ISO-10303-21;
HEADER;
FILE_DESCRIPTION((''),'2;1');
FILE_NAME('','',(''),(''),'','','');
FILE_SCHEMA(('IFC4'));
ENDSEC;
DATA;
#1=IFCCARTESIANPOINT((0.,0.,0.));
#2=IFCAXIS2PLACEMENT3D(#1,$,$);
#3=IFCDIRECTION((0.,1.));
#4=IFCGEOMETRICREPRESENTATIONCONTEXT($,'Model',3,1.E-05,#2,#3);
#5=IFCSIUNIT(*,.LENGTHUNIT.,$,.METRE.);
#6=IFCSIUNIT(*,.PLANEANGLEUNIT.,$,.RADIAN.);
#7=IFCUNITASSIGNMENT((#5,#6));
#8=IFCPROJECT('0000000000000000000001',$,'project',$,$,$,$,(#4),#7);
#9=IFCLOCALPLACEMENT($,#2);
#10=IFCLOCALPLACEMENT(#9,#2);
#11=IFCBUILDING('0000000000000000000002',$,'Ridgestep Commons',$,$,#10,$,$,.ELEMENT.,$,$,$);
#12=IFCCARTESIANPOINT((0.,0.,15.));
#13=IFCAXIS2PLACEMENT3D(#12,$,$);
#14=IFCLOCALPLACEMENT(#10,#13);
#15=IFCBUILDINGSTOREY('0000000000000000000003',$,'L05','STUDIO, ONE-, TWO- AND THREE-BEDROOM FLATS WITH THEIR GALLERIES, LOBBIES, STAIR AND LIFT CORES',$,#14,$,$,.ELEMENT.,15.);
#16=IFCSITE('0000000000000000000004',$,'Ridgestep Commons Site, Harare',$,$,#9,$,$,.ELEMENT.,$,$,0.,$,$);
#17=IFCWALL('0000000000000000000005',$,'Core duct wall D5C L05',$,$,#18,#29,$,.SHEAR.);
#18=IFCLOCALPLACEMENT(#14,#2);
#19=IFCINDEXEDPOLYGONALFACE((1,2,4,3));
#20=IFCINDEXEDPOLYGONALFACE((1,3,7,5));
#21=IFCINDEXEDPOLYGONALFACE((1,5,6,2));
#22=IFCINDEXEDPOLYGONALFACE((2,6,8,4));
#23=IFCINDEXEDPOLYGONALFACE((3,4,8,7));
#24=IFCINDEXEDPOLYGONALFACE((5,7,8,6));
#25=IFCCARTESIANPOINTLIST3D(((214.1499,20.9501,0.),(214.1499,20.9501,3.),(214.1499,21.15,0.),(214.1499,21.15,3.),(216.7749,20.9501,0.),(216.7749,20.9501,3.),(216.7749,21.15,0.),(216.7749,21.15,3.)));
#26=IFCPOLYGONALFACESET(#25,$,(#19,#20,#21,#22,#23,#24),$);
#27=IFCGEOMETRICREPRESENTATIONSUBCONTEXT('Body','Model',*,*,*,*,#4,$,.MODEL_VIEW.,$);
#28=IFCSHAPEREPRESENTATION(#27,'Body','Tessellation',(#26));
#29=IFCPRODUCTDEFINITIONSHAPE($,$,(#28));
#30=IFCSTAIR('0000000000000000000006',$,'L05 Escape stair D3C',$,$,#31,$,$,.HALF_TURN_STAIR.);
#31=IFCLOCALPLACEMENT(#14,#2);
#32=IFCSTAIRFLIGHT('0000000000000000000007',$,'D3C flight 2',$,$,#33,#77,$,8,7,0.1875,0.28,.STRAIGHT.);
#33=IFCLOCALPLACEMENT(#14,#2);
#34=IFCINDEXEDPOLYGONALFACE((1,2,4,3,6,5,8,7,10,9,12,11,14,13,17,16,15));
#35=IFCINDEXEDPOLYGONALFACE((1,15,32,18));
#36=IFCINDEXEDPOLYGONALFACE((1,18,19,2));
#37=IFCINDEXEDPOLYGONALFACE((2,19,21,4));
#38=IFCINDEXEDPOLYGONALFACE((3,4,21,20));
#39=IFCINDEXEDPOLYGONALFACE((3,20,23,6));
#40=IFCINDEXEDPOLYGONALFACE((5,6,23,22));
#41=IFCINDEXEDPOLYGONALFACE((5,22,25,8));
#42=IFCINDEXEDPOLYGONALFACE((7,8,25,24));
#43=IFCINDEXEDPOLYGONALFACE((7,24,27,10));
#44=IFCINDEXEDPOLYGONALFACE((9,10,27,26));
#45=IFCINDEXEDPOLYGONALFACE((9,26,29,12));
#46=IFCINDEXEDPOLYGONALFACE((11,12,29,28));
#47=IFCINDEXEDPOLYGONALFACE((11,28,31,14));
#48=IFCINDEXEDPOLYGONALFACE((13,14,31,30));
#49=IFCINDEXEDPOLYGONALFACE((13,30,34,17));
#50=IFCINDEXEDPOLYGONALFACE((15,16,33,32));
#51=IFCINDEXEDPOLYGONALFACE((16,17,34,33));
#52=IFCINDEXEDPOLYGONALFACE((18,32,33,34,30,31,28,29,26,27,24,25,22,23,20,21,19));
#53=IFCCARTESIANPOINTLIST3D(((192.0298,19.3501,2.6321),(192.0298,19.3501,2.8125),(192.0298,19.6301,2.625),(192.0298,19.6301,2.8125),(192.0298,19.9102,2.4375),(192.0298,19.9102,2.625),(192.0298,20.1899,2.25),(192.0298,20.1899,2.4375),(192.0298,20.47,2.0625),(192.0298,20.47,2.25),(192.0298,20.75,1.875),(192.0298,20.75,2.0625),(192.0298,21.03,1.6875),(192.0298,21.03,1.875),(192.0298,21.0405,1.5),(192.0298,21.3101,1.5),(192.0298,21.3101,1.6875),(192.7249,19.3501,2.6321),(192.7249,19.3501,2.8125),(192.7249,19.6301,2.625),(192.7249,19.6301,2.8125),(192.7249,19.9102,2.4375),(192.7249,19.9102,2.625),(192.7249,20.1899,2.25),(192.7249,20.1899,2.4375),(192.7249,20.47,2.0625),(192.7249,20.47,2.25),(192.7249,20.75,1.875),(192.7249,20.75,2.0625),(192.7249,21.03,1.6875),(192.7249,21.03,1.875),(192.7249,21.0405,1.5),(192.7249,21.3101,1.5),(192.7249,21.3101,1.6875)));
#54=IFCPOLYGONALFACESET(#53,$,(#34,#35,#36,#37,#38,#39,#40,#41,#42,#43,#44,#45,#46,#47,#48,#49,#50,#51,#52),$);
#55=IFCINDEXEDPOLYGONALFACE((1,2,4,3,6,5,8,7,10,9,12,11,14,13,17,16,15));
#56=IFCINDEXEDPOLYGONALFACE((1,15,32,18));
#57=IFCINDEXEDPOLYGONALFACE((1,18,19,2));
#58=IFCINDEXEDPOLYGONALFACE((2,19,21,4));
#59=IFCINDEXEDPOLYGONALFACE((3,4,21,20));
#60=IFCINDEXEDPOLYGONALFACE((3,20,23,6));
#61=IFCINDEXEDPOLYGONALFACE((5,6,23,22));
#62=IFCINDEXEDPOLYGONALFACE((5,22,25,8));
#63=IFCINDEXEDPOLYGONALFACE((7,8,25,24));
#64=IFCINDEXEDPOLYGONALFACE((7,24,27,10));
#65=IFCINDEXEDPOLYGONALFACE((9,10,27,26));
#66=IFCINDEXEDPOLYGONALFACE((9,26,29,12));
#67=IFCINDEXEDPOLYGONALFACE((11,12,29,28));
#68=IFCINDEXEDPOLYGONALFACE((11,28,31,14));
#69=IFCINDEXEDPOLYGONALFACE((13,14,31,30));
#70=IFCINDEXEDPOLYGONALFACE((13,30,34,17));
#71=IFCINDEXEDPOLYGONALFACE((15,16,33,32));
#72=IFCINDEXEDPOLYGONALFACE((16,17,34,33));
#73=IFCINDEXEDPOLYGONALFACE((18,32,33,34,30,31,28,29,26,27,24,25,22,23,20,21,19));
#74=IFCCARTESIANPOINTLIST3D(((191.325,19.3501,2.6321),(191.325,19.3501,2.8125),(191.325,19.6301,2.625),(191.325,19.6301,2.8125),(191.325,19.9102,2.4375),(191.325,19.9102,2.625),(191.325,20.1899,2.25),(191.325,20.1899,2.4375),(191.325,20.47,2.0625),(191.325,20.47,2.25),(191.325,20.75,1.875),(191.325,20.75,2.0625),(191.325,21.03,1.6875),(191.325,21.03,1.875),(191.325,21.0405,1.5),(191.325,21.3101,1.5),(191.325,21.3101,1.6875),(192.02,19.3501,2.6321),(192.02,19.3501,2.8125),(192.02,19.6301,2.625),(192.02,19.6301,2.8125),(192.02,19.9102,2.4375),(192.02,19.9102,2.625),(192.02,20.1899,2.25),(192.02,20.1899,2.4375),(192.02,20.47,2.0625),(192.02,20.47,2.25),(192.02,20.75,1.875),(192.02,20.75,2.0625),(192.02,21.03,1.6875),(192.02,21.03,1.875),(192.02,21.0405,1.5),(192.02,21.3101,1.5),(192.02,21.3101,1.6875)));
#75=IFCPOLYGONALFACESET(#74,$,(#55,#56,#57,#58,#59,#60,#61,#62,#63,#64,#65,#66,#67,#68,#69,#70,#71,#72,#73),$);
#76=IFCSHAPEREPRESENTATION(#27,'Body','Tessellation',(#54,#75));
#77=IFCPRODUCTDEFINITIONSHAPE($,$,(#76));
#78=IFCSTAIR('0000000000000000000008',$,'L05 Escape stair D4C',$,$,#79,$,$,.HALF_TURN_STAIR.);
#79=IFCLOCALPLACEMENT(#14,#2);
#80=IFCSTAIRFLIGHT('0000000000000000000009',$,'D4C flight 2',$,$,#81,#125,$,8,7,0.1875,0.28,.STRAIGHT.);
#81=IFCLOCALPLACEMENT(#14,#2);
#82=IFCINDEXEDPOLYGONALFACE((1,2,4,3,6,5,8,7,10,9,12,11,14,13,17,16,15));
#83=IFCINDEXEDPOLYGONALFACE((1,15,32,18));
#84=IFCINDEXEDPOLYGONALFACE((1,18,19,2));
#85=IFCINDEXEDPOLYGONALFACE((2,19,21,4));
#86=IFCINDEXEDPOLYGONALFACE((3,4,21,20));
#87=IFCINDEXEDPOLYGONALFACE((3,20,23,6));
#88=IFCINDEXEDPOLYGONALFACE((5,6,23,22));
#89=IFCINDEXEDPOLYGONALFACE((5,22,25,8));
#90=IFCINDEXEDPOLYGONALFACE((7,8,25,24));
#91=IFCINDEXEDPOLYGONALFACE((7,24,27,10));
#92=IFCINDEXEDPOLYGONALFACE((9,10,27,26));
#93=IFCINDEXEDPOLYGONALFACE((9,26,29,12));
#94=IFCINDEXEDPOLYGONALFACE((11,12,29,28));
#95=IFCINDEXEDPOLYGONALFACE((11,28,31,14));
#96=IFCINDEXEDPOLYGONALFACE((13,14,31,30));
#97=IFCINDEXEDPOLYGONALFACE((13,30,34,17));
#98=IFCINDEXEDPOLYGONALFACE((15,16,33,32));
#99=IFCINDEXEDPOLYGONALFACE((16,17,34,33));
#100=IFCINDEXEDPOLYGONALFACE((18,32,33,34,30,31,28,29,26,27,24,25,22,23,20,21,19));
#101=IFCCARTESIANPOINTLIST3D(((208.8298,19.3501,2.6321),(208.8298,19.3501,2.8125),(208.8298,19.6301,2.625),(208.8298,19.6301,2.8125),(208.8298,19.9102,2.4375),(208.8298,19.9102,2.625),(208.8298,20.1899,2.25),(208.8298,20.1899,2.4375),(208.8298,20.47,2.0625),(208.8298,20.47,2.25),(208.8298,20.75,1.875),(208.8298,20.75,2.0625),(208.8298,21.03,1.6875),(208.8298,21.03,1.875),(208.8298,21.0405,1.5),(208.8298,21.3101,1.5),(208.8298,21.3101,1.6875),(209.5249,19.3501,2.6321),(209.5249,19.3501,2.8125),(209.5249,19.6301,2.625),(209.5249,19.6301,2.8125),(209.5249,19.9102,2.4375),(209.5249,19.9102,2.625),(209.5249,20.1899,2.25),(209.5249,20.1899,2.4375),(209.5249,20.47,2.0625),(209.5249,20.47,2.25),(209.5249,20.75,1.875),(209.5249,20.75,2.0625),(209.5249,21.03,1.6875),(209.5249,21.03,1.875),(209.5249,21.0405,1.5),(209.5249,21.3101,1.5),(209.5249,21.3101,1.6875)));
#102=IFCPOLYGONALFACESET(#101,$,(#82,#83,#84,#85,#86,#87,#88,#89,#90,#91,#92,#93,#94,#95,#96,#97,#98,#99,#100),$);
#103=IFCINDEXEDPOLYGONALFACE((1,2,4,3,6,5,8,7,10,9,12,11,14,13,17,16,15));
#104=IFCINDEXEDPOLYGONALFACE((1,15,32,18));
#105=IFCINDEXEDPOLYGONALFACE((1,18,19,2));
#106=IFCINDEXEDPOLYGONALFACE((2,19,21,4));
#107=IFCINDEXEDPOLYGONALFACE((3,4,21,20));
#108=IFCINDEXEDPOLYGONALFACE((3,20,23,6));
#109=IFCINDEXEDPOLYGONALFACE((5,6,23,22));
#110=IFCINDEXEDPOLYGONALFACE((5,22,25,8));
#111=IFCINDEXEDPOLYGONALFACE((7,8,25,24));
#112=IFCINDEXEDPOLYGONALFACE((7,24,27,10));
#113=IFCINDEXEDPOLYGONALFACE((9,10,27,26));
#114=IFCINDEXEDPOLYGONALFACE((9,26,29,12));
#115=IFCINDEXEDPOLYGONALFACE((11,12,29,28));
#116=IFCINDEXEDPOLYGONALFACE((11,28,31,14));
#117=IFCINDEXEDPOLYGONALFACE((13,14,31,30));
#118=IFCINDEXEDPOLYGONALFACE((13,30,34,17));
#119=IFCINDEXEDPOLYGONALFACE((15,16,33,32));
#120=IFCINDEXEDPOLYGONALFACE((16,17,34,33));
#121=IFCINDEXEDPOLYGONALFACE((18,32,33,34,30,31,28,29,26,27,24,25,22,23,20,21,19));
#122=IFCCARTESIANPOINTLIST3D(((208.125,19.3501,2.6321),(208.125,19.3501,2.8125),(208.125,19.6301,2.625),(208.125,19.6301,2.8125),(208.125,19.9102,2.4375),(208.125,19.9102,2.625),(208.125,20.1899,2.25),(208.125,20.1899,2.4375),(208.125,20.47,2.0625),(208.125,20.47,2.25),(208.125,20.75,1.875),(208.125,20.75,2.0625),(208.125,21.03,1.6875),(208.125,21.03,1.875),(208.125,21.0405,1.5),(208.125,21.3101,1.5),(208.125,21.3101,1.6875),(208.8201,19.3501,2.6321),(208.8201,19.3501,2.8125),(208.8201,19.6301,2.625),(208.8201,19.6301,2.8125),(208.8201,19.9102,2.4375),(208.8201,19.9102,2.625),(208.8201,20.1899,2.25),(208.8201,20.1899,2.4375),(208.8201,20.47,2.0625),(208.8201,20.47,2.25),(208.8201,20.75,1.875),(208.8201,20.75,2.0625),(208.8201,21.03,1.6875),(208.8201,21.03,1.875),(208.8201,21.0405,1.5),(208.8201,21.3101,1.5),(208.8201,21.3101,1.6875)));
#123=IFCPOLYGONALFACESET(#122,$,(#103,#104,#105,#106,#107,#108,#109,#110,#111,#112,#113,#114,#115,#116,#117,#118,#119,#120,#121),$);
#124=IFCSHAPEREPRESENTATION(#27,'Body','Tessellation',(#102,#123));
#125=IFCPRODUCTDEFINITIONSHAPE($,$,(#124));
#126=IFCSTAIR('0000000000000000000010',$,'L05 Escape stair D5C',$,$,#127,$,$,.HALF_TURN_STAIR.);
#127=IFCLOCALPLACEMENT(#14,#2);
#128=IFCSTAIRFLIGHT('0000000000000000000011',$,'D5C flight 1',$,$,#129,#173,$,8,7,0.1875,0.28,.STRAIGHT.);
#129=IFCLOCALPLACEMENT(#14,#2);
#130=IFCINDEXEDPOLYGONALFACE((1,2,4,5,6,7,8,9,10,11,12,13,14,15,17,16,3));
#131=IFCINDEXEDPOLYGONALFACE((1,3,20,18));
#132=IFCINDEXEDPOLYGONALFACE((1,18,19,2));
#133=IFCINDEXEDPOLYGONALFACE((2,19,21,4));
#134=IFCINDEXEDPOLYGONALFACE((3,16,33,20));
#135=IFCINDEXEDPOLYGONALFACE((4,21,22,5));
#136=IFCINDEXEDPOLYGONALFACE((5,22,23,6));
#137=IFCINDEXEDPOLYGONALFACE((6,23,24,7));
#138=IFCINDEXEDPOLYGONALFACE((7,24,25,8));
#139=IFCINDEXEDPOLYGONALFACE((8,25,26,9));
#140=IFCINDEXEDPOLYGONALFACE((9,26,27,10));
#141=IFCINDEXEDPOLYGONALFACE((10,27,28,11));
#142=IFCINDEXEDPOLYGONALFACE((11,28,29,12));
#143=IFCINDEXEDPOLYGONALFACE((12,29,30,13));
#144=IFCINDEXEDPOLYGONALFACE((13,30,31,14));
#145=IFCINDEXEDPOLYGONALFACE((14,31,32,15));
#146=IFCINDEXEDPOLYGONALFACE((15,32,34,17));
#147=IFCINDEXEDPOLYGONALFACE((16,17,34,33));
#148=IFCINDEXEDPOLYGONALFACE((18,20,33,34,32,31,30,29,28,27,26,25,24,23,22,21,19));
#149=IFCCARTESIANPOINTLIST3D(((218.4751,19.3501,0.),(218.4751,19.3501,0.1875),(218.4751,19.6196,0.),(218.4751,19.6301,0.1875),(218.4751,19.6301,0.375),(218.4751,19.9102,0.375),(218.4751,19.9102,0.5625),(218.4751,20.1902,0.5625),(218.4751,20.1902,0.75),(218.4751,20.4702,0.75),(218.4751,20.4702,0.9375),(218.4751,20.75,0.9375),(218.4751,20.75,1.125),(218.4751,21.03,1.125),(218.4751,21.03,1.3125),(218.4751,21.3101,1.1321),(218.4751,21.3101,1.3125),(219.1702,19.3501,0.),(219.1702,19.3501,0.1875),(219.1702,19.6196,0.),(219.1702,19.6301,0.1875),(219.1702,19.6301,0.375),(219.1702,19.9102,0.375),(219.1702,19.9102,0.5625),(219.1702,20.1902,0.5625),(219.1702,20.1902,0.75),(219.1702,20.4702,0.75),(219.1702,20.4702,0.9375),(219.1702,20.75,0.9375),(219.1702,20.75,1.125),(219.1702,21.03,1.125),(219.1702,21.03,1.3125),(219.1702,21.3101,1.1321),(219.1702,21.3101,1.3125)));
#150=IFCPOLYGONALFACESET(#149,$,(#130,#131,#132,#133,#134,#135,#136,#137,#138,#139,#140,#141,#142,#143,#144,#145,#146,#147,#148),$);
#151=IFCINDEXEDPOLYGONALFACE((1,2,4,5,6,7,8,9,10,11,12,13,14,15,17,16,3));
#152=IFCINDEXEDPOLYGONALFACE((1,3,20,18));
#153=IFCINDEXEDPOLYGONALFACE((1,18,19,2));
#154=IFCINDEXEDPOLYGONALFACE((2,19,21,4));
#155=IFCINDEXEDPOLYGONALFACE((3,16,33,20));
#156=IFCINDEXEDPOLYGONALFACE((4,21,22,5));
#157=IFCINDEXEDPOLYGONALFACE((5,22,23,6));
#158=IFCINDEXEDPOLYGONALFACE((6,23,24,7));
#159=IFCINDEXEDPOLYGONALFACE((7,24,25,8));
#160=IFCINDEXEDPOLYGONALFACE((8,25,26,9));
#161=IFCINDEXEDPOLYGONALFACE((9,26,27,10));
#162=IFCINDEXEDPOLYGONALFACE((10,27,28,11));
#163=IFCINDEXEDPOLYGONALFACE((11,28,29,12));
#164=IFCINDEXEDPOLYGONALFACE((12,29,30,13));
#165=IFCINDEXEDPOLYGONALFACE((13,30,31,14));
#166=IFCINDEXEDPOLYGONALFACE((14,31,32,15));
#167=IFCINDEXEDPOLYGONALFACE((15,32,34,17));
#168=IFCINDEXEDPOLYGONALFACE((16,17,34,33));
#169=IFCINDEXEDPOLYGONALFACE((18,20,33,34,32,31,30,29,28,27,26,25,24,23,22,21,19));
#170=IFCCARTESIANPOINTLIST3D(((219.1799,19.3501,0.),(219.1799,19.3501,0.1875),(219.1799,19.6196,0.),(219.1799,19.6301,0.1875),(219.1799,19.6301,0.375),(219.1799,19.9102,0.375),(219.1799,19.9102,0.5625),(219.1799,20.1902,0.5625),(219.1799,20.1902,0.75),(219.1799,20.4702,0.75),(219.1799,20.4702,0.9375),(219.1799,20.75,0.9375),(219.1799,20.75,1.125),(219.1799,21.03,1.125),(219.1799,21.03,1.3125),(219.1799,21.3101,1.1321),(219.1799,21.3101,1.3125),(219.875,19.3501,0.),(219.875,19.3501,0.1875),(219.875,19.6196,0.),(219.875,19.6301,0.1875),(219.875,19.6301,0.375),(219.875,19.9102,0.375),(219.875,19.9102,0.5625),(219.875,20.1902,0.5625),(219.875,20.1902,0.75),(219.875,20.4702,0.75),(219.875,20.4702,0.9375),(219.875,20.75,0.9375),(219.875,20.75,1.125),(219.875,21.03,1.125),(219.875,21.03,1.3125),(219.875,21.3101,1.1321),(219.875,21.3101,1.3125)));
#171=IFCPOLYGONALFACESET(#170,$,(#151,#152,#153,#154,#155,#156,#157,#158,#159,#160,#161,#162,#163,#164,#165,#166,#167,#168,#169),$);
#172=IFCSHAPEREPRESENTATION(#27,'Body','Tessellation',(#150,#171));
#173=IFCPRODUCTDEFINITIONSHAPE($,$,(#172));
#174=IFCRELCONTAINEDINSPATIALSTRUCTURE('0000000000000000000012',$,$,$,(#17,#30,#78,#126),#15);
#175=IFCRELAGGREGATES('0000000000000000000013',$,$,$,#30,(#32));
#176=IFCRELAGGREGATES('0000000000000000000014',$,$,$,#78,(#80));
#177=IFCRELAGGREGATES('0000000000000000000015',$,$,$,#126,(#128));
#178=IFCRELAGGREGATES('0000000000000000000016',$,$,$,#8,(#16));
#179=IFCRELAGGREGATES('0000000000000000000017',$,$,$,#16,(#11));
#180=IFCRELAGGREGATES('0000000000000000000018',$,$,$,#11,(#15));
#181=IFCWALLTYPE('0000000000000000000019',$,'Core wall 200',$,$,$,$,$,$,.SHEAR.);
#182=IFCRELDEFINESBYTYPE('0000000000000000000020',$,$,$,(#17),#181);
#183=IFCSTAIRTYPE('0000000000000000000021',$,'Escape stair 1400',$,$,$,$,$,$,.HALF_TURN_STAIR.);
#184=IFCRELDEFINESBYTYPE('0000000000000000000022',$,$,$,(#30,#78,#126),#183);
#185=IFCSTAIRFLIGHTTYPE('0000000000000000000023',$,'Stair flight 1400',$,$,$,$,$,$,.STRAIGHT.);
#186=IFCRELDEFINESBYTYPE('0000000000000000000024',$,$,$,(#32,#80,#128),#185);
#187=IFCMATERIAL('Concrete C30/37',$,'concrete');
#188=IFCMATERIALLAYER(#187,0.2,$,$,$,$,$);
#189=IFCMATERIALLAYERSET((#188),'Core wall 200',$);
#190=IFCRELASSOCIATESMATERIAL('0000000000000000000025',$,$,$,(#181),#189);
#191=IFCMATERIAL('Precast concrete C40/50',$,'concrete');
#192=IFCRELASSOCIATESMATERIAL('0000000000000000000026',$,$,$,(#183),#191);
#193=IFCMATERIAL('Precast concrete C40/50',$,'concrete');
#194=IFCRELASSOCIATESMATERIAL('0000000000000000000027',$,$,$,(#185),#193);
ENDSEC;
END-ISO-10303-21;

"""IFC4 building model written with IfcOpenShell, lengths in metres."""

from ifc_helpers import new_model, si_unit, direction, frame, frame_2d, origin, place, context, subcontext, project, spatial, polyline, rectangle, outline, extrude, material, layer, layer_set, type_object, element, aggregate, save


model = new_model("IFC4")

# Units and contexts
model_context = context("Model", 3, precision=1e-05, world=origin(), true_north=direction((0.0, 1.0)))
body_context = subcontext(model_context, "Body", "Model", "MODEL_VIEW")
ifc_project = project(units=[si_unit("LENGTHUNIT", "METRE"), si_unit("PLANEANGLEUNIT", "RADIAN")], contexts=[model_context])

# Site, building, storey
site_placement = place(None, origin())
site = spatial("IfcSite", under=ifc_project, at=site_placement, Name="Ridgestep Commons Site, Harare", CompositionType="ELEMENT", RefElevation=0.0)
building_placement = place(site_placement, origin())
building = spatial("IfcBuilding", under=site, at=building_placement, Name="Ridgestep Commons", CompositionType="ELEMENT")
storey_placement = place(building_placement, frame((0.0, 0.0, 15.0)))
storey = spatial("IfcBuildingStorey", under=building, at=storey_placement, Name="L05", Description="STUDIO, ONE-, TWO- AND THREE-BEDROOM FLATS WITH THEIR GALLERIES, LOBBIES, STAIR AND LIFT CORES", CompositionType="ELEMENT", Elevation=15.0)

# Wall
ifc_material_1 = material(Name="Concrete C30/37", Category="concrete")
ifc_layer_1 = layer(ifc_material_1, 0.2)
ifc_layer_set_1 = layer_set([ifc_layer_1], Name="Core wall 200")
wall_type = type_object("IfcWallType", Name="Core wall 200", PredefinedType="SHEAR", material=ifc_layer_set_1)
for number, where, z_axis, x_axis, name in (
    (1, (214.1499, 21.05, 0.0), (0.0, 0.0, 1.0), (1.0, 0.0, 0.0), "Core duct wall D5C L05"),
):
    element("IfcWall", number, at=place(storey_placement, frame(where, z_axis=z_axis, x_axis=x_axis)), inside=storey, type_object=wall_type, Name=name, PredefinedType="SHEAR", context=body_context, shape_type="SweptSolid", body=[
        extrude(rectangle(XDim=2.625, YDim=0.2, at=frame_2d((1.3125, 0.0))), origin(), (0.0, 0.0, 1.0), 3.0),
    ])

# Stairs, stair flights
ifc_material_2 = material(Name="Precast concrete C40/50", Category="concrete")
stair_type = type_object("IfcStairType", Name="Escape stair 1400", PredefinedType="HALF_TURN_STAIR", material=ifc_material_2)
stair_1_placement = place(storey_placement, origin())
stair_1 = element("IfcStair", 2, at=stair_1_placement, inside=storey, type_object=stair_type, Name="L05 Escape stair D3C", PredefinedType="HALF_TURN_STAIR")
ifc_material_3 = material(Name="Precast concrete C40/50", Category="concrete")
stair_flight_type = type_object("IfcStairFlightType", Name="Stair flight 1400", PredefinedType="STRAIGHT", material=ifc_material_3)
stair_flight_1_placement = place(storey_placement, frame((192.0249, 21.3101, 1.5), z_axis=(0.0, 0.0, 1.0), x_axis=(0.0, -1.0, 0.0)))
stair_flight_1 = element("IfcStairFlight", 3, at=stair_flight_1_placement, type_object=stair_flight_type, Name="D3C flight 2", NumberOfRisers=8, NumberOfTreads=7, PredefinedType="STRAIGHT", RiserHeight=0.1875, TreadLength=0.28, context=body_context, shape_type="SweptSolid", body=[
    extrude(outline(polyline([(0.0, 0.0), (0.0, 0.1875), (0.28, 0.1875), (0.28, 0.375), (0.5601, 0.375), (0.5601, 0.5625), (0.8401, 0.5625), (0.8401, 0.75), (1.1201, 0.75), (1.1201, 0.9375), (1.3999, 0.9375), (1.3999, 1.125), (1.6799, 1.125), (1.6799, 1.3125), (1.96, 1.3125), (1.96, 1.5), (1.96, 1.1321), (0.2695, 0.0), (0.0, 0.0)])), frame((0.0, 0.7, 0.0), z_axis=(0.0, -1.0, 0.0), x_axis=(1.0, 0.0, 0.0)), (0.0, 0.0, 1.0), 0.6951),
    extrude(outline(polyline([(0.0, 0.0), (0.0, 0.1875), (0.28, 0.1875), (0.28, 0.375), (0.5601, 0.375), (0.5601, 0.5625), (0.8401, 0.5625), (0.8401, 0.75), (1.1201, 0.75), (1.1201, 0.9375), (1.3999, 0.9375), (1.3999, 1.125), (1.6799, 1.125), (1.6799, 1.3125), (1.96, 1.3125), (1.96, 1.5), (1.96, 1.1321), (0.2695, 0.0), (0.0, 0.0)])), frame((0.0, -0.0049, 0.0), z_axis=(0.0, -1.0, 0.0), x_axis=(1.0, 0.0, 0.0)), (0.0, 0.0, 1.0), 0.6951),
])
aggregate(stair_1, [stair_flight_1])
stair_2_placement = place(storey_placement, origin())
stair_2 = element("IfcStair", 4, at=stair_2_placement, inside=storey, type_object=stair_type, Name="L05 Escape stair D4C", PredefinedType="HALF_TURN_STAIR")
stair_flight_2_placement = place(storey_placement, frame((208.825, 21.3101, 1.5), z_axis=(0.0, 0.0, 1.0), x_axis=(0.0, -1.0, 0.0)))
stair_flight_2 = element("IfcStairFlight", 5, at=stair_flight_2_placement, type_object=stair_flight_type, Name="D4C flight 2", NumberOfRisers=8, NumberOfTreads=7, PredefinedType="STRAIGHT", RiserHeight=0.1875, TreadLength=0.28, context=body_context, shape_type="SweptSolid", body=[
    extrude(outline(polyline([(0.0, 0.0), (0.0, 0.1875), (0.28, 0.1875), (0.28, 0.375), (0.5601, 0.375), (0.5601, 0.5625), (0.8401, 0.5625), (0.8401, 0.75), (1.1201, 0.75), (1.1201, 0.9375), (1.3999, 0.9375), (1.3999, 1.125), (1.6799, 1.125), (1.6799, 1.3125), (1.96, 1.3125), (1.96, 1.5), (1.96, 1.1321), (0.2695, 0.0), (0.0, 0.0)])), frame((0.0, 0.7, 0.0), z_axis=(0.0, -1.0, 0.0), x_axis=(1.0, 0.0, 0.0)), (0.0, 0.0, 1.0), 0.6951),
    extrude(outline(polyline([(0.0, 0.0), (0.0, 0.1875), (0.28, 0.1875), (0.28, 0.375), (0.5601, 0.375), (0.5601, 0.5625), (0.8401, 0.5625), (0.8401, 0.75), (1.1201, 0.75), (1.1201, 0.9375), (1.3999, 0.9375), (1.3999, 1.125), (1.6799, 1.125), (1.6799, 1.3125), (1.96, 1.3125), (1.96, 1.5), (1.96, 1.1321), (0.2695, 0.0), (0.0, 0.0)])), frame((0.0, -0.0049, 0.0), z_axis=(0.0, -1.0, 0.0), x_axis=(1.0, 0.0, 0.0)), (0.0, 0.0, 1.0), 0.6951),
])
aggregate(stair_2, [stair_flight_2])

# Stair, stair flight
stair_3_placement = place(storey_placement, origin())
stair_3 = element("IfcStair", 6, at=stair_3_placement, inside=storey, type_object=stair_type, Name="L05 Escape stair D5C", PredefinedType="HALF_TURN_STAIR")
stair_flight_3_placement = place(storey_placement, frame((219.175, 19.3501, 0.0), z_axis=(0.0, 0.0, 1.0), x_axis=(0.0, 1.0, 0.0)))
stair_flight_3 = element("IfcStairFlight", 7, at=stair_flight_3_placement, type_object=stair_flight_type, Name="D5C flight 1", NumberOfRisers=8, NumberOfTreads=7, PredefinedType="STRAIGHT", RiserHeight=0.1875, TreadLength=0.28, context=body_context, shape_type="SweptSolid", body=[
    extrude(outline(polyline([(0.0, 0.0), (0.0, 0.1875), (0.28, 0.1875), (0.28, 0.375), (0.5601, 0.375), (0.5601, 0.5625), (0.8401, 0.5625), (0.8401, 0.75), (1.1201, 0.75), (1.1201, 0.9375), (1.3999, 0.9375), (1.3999, 1.125), (1.6799, 1.125), (1.6799, 1.3125), (1.96, 1.3125), (1.96, 1.5), (1.96, 1.1321), (0.2695, 0.0), (0.0, 0.0)])), frame((0.0, 0.7, 0.0), z_axis=(0.0, -1.0, 0.0), x_axis=(1.0, 0.0, 0.0)), (0.0, 0.0, 1.0), 0.6951),
    extrude(outline(polyline([(0.0, 0.0), (0.0, 0.1875), (0.28, 0.1875), (0.28, 0.375), (0.5601, 0.375), (0.5601, 0.5625), (0.8401, 0.5625), (0.8401, 0.75), (1.1201, 0.75), (1.1201, 0.9375), (1.3999, 0.9375), (1.3999, 1.125), (1.6799, 1.125), (1.6799, 1.3125), (1.96, 1.3125), (1.96, 1.5), (1.96, 1.1321), (0.2695, 0.0), (0.0, 0.0)])), frame((0.0, -0.0049, 0.0), z_axis=(0.0, -1.0, 0.0), x_axis=(1.0, 0.0, 0.0)), (0.0, 0.0, 1.0), 0.6951),
])
aggregate(stair_3, [stair_flight_3])

save(model, "model.ifc")
